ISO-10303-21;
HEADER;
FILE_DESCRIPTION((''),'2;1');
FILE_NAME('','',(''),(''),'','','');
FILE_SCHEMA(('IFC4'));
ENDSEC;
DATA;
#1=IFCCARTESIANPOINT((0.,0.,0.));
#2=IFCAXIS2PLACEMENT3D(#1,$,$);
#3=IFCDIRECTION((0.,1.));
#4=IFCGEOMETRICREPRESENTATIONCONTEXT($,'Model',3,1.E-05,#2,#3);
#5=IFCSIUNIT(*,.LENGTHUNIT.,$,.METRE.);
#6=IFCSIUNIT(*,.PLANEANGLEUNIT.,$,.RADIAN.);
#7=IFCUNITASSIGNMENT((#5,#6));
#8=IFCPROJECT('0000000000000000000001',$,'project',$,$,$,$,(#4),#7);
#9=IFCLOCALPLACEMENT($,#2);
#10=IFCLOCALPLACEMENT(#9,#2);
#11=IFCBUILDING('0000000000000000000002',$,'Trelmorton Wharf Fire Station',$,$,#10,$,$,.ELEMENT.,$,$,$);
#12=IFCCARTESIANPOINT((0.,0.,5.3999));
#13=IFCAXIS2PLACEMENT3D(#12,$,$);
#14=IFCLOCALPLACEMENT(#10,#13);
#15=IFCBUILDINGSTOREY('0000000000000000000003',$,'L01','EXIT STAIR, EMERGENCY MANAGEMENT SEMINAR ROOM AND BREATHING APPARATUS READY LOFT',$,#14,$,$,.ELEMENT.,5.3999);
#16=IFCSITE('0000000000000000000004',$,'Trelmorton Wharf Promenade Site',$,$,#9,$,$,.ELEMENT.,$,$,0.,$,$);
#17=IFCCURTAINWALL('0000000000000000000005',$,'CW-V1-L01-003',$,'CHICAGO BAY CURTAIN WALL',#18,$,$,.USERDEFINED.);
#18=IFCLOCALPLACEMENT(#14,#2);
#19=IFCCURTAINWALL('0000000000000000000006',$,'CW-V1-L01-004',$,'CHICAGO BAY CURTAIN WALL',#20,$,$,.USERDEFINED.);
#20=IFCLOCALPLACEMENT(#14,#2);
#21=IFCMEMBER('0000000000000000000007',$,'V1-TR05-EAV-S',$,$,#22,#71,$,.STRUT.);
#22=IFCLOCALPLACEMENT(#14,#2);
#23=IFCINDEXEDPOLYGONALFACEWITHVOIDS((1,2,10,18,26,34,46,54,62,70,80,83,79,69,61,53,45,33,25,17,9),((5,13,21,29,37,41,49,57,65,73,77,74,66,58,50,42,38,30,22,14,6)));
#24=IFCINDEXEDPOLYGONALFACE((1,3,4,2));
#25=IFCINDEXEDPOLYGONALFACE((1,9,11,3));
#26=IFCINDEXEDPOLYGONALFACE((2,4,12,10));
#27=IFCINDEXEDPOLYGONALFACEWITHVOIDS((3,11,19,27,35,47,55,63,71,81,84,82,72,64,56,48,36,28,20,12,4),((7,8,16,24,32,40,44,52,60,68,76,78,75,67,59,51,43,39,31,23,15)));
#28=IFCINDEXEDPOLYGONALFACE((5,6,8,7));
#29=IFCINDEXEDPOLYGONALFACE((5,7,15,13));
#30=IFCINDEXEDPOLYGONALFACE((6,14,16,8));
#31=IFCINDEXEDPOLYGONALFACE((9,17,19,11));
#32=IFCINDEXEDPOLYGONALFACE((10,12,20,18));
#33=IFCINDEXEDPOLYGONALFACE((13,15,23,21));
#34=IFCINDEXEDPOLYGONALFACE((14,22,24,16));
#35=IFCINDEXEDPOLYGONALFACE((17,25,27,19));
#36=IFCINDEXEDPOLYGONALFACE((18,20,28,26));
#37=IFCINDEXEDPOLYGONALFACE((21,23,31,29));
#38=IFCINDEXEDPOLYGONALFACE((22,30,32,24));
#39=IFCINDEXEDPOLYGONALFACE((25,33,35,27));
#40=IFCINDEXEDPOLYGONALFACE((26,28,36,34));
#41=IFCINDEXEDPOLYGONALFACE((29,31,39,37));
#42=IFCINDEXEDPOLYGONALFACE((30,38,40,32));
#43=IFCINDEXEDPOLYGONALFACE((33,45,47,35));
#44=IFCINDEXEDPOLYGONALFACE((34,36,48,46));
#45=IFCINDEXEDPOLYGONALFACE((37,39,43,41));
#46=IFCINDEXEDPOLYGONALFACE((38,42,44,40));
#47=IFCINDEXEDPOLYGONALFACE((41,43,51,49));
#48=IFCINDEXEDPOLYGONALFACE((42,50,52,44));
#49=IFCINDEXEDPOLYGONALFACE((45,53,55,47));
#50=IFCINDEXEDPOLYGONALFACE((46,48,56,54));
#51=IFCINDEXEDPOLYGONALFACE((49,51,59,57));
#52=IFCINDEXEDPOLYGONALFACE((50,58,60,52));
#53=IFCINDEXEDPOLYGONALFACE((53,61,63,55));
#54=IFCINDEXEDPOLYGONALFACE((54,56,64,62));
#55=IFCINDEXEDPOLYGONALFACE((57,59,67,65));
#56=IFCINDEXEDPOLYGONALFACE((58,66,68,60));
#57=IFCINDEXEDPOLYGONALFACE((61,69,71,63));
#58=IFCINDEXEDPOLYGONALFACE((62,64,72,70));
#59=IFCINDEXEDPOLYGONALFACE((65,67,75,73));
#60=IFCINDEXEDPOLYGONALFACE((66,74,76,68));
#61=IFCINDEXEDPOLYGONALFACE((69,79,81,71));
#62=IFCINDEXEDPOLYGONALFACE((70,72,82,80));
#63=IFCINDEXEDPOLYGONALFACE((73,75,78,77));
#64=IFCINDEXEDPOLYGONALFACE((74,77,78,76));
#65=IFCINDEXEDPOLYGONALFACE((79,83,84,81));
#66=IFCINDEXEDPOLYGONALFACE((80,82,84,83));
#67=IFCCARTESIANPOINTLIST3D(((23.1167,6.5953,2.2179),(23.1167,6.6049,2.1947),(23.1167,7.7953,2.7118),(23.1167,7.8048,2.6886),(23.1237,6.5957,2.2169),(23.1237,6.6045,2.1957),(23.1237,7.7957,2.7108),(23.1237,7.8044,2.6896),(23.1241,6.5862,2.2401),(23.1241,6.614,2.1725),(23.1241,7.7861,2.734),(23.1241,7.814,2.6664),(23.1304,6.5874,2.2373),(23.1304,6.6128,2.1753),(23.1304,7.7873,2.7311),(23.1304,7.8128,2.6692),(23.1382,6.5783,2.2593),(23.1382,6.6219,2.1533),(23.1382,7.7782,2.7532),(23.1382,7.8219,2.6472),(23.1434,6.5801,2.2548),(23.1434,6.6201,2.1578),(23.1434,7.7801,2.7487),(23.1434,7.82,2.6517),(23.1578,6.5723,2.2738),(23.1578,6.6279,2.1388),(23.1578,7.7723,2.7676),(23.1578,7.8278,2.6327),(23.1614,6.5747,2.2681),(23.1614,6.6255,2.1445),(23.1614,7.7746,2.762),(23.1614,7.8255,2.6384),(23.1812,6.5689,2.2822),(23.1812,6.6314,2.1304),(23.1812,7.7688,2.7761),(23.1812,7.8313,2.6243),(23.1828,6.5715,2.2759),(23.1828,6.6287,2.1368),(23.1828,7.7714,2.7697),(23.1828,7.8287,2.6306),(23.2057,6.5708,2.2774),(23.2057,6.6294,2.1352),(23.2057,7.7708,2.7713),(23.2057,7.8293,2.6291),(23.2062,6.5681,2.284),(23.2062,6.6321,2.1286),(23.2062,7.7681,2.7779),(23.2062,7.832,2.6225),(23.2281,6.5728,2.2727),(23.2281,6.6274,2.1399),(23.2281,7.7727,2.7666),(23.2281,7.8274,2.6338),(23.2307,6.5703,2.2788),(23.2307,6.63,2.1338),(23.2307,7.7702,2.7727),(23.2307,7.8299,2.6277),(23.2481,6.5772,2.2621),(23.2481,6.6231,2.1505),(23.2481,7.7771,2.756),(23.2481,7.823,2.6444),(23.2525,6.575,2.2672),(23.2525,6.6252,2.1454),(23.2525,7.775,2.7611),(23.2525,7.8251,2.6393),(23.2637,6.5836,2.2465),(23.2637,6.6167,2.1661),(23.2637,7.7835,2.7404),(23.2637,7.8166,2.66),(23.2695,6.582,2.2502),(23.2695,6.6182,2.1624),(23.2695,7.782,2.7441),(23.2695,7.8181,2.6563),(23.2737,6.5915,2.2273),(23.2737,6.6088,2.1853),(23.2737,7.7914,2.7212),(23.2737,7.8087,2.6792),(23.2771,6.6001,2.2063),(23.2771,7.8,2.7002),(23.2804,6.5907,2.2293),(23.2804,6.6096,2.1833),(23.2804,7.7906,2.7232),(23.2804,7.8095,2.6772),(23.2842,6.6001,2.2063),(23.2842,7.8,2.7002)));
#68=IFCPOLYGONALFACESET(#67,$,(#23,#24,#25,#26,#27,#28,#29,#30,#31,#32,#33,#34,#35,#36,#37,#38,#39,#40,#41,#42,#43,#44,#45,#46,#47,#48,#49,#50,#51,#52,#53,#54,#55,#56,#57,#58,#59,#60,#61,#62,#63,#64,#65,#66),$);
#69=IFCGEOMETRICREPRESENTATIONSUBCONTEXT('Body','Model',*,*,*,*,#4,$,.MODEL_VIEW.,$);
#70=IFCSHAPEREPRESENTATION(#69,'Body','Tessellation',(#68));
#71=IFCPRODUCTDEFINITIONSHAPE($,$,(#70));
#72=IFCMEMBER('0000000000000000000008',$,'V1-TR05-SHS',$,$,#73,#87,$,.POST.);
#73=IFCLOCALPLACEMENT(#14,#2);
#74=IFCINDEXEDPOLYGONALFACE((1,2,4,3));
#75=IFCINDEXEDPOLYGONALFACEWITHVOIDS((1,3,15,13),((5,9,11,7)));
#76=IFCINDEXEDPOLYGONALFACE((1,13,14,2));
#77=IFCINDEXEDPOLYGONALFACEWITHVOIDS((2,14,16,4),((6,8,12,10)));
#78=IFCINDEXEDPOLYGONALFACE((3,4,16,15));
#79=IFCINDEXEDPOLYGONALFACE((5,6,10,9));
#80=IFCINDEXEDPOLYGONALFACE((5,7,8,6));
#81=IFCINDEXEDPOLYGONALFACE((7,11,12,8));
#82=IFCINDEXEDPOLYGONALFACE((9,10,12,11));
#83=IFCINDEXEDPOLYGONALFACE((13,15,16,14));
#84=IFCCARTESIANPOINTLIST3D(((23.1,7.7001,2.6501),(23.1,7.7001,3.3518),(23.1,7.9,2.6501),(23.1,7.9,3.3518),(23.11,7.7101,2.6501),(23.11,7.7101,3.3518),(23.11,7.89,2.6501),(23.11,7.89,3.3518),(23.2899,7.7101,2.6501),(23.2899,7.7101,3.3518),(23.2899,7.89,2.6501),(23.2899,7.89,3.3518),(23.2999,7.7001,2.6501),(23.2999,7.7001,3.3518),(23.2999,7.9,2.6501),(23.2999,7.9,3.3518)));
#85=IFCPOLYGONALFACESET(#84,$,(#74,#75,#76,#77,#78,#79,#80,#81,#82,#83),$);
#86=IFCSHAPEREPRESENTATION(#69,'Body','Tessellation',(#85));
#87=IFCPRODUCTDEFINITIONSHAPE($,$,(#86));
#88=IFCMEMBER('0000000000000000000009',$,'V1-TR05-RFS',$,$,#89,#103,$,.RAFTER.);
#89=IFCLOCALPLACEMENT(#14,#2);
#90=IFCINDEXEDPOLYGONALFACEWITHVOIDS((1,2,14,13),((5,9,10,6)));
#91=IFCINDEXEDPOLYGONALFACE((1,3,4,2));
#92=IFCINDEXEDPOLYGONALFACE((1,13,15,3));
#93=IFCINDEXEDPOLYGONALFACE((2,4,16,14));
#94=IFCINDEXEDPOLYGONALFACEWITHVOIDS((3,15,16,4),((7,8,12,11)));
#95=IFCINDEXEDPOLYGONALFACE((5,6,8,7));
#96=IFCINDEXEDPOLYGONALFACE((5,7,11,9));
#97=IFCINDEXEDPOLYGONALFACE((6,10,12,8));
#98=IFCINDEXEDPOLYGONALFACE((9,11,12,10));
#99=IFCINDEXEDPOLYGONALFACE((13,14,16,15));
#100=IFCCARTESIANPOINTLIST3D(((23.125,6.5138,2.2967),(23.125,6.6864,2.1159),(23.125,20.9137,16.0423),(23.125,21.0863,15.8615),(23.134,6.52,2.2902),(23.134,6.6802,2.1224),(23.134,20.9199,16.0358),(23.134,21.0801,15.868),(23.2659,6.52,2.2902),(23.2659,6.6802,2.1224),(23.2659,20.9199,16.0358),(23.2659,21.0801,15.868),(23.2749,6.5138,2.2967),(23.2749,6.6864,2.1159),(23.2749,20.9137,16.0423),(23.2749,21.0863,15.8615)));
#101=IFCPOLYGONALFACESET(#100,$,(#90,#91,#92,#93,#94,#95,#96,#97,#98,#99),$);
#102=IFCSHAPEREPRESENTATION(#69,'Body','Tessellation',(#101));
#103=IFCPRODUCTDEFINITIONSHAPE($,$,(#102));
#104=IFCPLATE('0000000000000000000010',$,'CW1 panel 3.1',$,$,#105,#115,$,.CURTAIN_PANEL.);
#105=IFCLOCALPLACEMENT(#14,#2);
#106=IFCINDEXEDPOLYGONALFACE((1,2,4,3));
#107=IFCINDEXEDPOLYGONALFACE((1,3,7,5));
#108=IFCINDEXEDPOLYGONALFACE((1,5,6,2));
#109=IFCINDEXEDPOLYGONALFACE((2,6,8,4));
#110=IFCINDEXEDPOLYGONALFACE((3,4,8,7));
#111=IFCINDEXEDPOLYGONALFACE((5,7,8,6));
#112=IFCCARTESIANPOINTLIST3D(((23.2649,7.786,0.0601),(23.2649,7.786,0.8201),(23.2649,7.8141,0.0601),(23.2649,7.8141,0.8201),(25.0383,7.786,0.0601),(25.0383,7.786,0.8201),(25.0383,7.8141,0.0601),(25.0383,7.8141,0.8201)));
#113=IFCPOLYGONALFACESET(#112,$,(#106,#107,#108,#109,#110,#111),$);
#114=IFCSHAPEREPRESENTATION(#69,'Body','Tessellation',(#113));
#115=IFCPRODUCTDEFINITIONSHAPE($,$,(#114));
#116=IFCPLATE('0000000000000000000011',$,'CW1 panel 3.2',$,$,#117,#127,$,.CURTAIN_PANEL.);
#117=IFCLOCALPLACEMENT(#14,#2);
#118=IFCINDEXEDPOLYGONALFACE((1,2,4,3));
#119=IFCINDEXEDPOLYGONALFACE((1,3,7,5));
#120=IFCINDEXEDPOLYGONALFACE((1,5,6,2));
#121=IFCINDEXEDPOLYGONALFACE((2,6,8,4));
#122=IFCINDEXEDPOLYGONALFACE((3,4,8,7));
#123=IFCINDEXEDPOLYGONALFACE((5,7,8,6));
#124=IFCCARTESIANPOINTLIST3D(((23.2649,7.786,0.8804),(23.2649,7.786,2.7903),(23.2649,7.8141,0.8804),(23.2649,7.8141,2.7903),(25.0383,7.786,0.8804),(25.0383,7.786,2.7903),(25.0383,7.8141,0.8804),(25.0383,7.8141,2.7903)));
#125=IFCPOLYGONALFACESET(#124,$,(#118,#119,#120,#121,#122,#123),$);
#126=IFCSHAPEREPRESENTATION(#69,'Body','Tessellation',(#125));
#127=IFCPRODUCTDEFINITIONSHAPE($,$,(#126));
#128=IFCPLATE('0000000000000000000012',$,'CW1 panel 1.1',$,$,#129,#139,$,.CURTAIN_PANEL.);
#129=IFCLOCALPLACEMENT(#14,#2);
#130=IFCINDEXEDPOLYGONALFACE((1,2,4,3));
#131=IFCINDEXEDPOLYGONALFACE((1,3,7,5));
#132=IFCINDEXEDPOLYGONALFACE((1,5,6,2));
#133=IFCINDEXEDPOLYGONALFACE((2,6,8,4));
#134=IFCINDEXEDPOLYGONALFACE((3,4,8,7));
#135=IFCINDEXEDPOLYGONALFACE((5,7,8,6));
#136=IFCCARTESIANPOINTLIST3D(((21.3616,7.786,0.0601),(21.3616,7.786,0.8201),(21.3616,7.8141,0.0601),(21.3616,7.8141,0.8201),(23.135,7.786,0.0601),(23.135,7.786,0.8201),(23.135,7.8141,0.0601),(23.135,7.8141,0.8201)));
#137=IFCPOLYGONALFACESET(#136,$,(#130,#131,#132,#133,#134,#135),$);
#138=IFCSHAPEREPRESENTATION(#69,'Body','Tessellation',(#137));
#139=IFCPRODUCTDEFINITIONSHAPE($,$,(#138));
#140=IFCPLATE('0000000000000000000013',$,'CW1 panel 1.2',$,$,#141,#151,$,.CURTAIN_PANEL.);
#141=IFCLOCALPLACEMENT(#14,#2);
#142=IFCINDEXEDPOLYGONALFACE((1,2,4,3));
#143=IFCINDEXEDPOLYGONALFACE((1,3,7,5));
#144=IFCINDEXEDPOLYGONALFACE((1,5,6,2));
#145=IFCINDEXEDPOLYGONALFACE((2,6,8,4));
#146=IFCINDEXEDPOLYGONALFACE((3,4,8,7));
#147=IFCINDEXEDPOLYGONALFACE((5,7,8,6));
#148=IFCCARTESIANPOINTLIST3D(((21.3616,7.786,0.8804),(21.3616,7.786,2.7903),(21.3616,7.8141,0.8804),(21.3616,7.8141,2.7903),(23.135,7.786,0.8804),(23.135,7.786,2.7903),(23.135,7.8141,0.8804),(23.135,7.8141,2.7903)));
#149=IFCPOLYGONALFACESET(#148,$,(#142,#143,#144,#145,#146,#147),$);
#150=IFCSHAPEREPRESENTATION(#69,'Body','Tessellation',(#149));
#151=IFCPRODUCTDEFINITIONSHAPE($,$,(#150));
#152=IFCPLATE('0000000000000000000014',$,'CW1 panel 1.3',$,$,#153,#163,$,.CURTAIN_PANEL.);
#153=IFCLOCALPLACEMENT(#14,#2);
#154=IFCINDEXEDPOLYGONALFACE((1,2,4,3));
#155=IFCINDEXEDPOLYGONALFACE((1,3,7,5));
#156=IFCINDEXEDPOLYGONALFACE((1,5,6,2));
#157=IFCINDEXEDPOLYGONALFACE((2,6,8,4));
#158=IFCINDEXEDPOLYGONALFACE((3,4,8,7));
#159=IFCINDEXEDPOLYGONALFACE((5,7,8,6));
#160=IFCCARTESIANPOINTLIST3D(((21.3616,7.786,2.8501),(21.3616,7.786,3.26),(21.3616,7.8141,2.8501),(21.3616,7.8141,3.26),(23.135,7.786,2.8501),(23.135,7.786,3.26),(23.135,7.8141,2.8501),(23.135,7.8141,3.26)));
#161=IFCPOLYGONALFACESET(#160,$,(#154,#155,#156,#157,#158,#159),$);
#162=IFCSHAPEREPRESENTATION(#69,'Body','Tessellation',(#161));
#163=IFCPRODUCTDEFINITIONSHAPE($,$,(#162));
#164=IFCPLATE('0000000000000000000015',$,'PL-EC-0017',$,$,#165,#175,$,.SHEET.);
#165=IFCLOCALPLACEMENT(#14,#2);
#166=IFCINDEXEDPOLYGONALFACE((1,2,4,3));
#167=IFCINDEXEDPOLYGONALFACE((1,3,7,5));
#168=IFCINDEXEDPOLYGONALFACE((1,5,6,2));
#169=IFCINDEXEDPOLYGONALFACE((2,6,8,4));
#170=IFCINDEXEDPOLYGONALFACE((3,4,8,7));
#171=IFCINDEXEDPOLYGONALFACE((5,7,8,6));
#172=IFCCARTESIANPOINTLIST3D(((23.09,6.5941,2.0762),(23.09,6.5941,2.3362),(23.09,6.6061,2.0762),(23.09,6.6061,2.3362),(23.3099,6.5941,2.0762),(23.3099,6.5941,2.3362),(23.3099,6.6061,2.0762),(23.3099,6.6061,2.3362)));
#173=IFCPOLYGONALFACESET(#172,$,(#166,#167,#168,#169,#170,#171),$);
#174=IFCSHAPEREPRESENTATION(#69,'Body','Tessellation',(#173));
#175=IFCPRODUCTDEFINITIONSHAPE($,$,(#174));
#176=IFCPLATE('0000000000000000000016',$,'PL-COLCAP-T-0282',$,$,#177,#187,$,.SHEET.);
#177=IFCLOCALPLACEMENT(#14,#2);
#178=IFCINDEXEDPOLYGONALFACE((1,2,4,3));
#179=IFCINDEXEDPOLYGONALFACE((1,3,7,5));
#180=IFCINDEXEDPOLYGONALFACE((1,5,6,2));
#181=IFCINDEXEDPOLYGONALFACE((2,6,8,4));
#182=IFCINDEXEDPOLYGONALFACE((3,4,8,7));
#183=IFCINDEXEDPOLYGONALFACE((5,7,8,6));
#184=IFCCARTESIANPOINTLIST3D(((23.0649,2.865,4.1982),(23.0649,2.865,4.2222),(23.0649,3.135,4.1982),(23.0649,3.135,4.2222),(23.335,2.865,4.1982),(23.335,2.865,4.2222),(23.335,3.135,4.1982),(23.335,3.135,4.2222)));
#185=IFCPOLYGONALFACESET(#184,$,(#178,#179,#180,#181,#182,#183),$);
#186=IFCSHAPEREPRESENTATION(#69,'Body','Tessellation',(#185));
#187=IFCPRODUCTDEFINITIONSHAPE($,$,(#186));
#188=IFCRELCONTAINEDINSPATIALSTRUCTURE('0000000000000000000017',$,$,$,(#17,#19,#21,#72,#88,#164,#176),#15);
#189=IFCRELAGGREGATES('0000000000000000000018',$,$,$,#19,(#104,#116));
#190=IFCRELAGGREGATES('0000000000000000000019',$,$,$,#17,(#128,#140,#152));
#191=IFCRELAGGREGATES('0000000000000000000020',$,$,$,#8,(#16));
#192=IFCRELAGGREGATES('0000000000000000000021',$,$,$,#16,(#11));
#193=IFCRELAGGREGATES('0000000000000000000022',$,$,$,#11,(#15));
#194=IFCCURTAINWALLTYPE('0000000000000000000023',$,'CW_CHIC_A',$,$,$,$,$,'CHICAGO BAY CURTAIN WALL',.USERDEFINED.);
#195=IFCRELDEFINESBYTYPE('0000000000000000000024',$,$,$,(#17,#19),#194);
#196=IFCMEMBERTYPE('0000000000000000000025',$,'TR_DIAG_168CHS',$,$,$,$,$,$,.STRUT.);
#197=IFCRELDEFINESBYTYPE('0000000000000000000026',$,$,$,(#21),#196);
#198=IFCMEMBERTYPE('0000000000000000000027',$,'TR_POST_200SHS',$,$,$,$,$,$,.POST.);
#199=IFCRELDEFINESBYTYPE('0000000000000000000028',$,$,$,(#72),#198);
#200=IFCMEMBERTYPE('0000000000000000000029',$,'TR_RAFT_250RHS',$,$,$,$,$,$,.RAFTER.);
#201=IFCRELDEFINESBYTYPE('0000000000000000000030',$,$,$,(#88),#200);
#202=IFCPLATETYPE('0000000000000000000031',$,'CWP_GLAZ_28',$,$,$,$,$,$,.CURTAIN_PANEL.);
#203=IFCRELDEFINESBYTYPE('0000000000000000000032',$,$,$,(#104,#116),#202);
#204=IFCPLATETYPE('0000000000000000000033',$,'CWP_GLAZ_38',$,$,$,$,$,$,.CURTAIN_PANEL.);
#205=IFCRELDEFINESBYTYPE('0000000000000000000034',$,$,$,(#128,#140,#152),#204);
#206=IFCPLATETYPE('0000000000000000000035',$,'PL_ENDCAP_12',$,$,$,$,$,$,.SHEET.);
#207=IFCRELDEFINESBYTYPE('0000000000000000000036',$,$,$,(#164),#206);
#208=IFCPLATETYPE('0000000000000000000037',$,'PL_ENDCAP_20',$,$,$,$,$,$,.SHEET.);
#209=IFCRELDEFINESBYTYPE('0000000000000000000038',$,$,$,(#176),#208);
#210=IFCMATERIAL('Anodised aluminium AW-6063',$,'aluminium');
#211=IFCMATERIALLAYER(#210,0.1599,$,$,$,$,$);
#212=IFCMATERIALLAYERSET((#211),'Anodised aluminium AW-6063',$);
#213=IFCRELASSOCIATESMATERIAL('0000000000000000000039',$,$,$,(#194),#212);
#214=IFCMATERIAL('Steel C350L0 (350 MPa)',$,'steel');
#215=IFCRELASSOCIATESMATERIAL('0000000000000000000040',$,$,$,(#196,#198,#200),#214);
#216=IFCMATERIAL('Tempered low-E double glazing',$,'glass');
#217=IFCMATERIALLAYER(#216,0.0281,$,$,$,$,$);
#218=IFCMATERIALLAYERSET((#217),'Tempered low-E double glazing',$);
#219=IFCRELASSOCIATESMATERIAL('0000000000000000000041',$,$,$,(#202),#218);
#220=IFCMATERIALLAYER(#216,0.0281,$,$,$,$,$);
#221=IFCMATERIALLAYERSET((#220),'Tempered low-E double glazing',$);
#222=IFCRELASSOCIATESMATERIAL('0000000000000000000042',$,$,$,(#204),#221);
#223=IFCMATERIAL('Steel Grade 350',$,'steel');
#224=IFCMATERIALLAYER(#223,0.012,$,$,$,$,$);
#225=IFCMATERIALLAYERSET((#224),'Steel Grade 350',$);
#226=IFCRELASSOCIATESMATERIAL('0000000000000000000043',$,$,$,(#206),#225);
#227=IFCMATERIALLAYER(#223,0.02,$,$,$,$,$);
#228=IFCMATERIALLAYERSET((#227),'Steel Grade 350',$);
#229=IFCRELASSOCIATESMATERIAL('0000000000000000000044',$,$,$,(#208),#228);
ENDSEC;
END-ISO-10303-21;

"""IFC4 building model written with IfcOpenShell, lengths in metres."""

from ifc_helpers import new_model, si_unit, direction, frame, origin, origin_2d, place, context, subcontext, project, spatial, rectangle, hollow_rectangle, hollow_circle, extrude, material, layer, layer_set, material_profile, profile_set, type_object, element, aggregate, save


model = new_model("IFC4")

# Units and contexts
model_context = context("Model", 3, precision=1e-05, world=origin(), true_north=direction((0.0, 1.0)))
body_context = subcontext(model_context, "Body", "Model", "MODEL_VIEW")
ifc_project = project(units=[si_unit("LENGTHUNIT", "METRE"), si_unit("PLANEANGLEUNIT", "RADIAN")], contexts=[model_context])

# Site, building, storey
site_placement = place(None, origin())
site = spatial("IfcSite", under=ifc_project, at=site_placement, Name="Trelmorton Wharf Promenade Site", CompositionType="ELEMENT", RefElevation=0.0)
building_placement = place(site_placement, origin())
building = spatial("IfcBuilding", under=site, at=building_placement, Name="Trelmorton Wharf Fire Station", CompositionType="ELEMENT")
storey_placement = place(building_placement, frame((0.0, 0.0, 5.3999)))
storey = spatial("IfcBuildingStorey", under=building, at=storey_placement, Name="L01", Description="EXIT STAIR, EMERGENCY MANAGEMENT SEMINAR ROOM AND BREATHING APPARATUS READY LOFT", CompositionType="ELEMENT", Elevation=5.3999)

# Shared definitions
ifc_material_1 = material(Name="Steel Grade 350", Category="steel")

# Curtain wall
ifc_material_2 = material(Name="Anodised aluminium AW-6063", Category="aluminium")
ifc_layer_1 = layer(ifc_material_2, 0.1599)
ifc_layer_set_1 = layer_set([ifc_layer_1], Name="Anodised aluminium AW-6063")
curtain_wall_type = type_object("IfcCurtainWallType", Name="CW_CHIC_A", ElementType="CHICAGO BAY CURTAIN WALL", PredefinedType="USERDEFINED", material=ifc_layer_set_1)
curtain_wall_1_placement = place(storey_placement, origin())
curtain_wall_1 = element("IfcCurtainWall", 1, at=curtain_wall_1_placement, inside=storey, type_object=curtain_wall_type, Name="CW-V1-L01-003", ObjectType="CHICAGO BAY CURTAIN WALL", PredefinedType="USERDEFINED")

# Curtain wall
curtain_wall_2_placement = place(storey_placement, origin())
curtain_wall_2 = element("IfcCurtainWall", 2, at=curtain_wall_2_placement, inside=storey, type_object=curtain_wall_type, Name="CW-V1-L01-004", ObjectType="CHICAGO BAY CURTAIN WALL", PredefinedType="USERDEFINED")

# Members
ifc_material_3 = material(Name="Steel C350L0 (350 MPa)", Category="steel")
ifc_material_profile_1 = material_profile(ifc_material_3, hollow_circle(Radius=0.0842, WallThickness=0.0071, at=origin_2d()), Name="168.3x7.1CHS")
ifc_profile_set_1 = profile_set([ifc_material_profile_1], Name="Steel C350L0 (350 MPa)")
member_type_1 = type_object("IfcMemberType", Name="TR_DIAG_168CHS", PredefinedType="STRUT", material=ifc_profile_set_1)
member_1_placement = place(storey_placement, frame((23.2, 7.8, 2.7002), z_axis=(0.0, -0.924733, -0.380617), x_axis=(1.0, 0.0, 0.0)))
element("IfcMember", 3, at=member_1_placement, inside=storey, type_object=member_type_1, Name="V1-TR05-EAV-S", PredefinedType="STRUT", context=body_context, shape_type="SweptSolid", body=[
    extrude(hollow_circle(Radius=0.0842, WallThickness=0.0071, at=origin_2d()), origin(), (0.0, 0.0, 1.0), 1.2976),
])
ifc_material_profile_2 = material_profile(ifc_material_3, hollow_rectangle(XDim=0.2, YDim=0.2, WallThickness=0.01, at=origin_2d()), Name="200x200x10.0SHS")
ifc_profile_set_2 = profile_set([ifc_material_profile_2], Name="Steel C350L0 (350 MPa)")
member_type_2 = type_object("IfcMemberType", Name="TR_POST_200SHS", PredefinedType="POST", material=ifc_profile_set_2)
member_2_placement = place(storey_placement, frame((23.2, 7.8, 2.6501), z_axis=(0.0, 0.0, 1.0), x_axis=(1.0, 0.0, 0.0)))
element("IfcMember", 4, at=member_2_placement, inside=storey, type_object=member_type_2, Name="V1-TR05-SHS", PredefinedType="POST", context=body_context, shape_type="SweptSolid", body=[
    extrude(hollow_rectangle(XDim=0.2, YDim=0.2, WallThickness=0.01, at=origin_2d()), origin(), (0.0, 0.0, 1.0), 0.7017),
])
ifc_material_profile_3 = material_profile(ifc_material_3, hollow_rectangle(XDim=0.1499, YDim=0.25, WallThickness=0.009, at=origin_2d()), Name="250x150x9.0RHS")
ifc_profile_set_3 = profile_set([ifc_material_profile_3], Name="Steel C350L0 (350 MPa)")
member_type_3 = type_object("IfcMemberType", Name="TR_RAFT_250RHS", PredefinedType="RAFTER", material=ifc_profile_set_3)
member_3_placement = place(storey_placement, frame((23.2, 6.6001, 2.2063), z_axis=(0.0, 0.723349, 0.690482), x_axis=(-1.0, 0.0, 0.0)))
element("IfcMember", 5, at=member_3_placement, inside=storey, type_object=member_type_3, Name="V1-TR05-RFS", PredefinedType="RAFTER", context=body_context, shape_type="SweptSolid", body=[
    extrude(hollow_rectangle(XDim=0.1499, YDim=0.25, WallThickness=0.009, at=origin_2d()), origin(), (0.0, 0.0, 1.0), 19.9072),
])

# Plates
ifc_material_4 = material(Name="Tempered low-E double glazing", Category="glass")
ifc_layer_2 = layer(ifc_material_4, 0.0281)
ifc_layer_set_2 = layer_set([ifc_layer_2], Name="Tempered low-E double glazing")
plate_type_1 = type_object("IfcPlateType", Name="CWP_GLAZ_28", PredefinedType="CURTAIN_PANEL", material=ifc_layer_set_2)
plate_1_placement = place(storey_placement, frame((24.1516, 7.8, 0.0601), z_axis=(0.0, 0.0, 1.0), x_axis=(-1.0, 0.0, 0.0)))
plate_1 = element("IfcPlate", 6, at=plate_1_placement, type_object=plate_type_1, Name="CW1 panel 3.1", PredefinedType="CURTAIN_PANEL", context=body_context, shape_type="SweptSolid", body=[
    extrude(rectangle(XDim=1.7734, YDim=0.0281, at=origin_2d()), origin(), (0.0, 0.0, 1.0), 0.76),
])
plate_2_placement = place(storey_placement, frame((24.1516, 7.8, 0.8804), z_axis=(0.0, 0.0, 1.0), x_axis=(-1.0, 0.0, 0.0)))
plate_2 = element("IfcPlate", 7, at=plate_2_placement, type_object=plate_type_1, Name="CW1 panel 3.2", PredefinedType="CURTAIN_PANEL", context=body_context, shape_type="SweptSolid", body=[
    extrude(rectangle(XDim=1.7734, YDim=0.0281, at=origin_2d()), origin(), (0.0, 0.0, 1.0), 1.9099),
])
aggregate(curtain_wall_2, [plate_1, plate_2])
ifc_layer_3 = layer(ifc_material_4, 0.0281)
ifc_layer_set_3 = layer_set([ifc_layer_3], Name="Tempered low-E double glazing")
plate_type_2 = type_object("IfcPlateType", Name="CWP_GLAZ_38", PredefinedType="CURTAIN_PANEL", material=ifc_layer_set_3)
plate_3_placement = place(storey_placement, frame((22.2483, 7.8, 0.0601), z_axis=(0.0, 0.0, 1.0), x_axis=(-1.0, 0.0, 0.0)))
plate_3 = element("IfcPlate", 8, at=plate_3_placement, type_object=plate_type_2, Name="CW1 panel 1.1", PredefinedType="CURTAIN_PANEL", context=body_context, shape_type="SweptSolid", body=[
    extrude(rectangle(XDim=1.7734, YDim=0.0281, at=origin_2d()), origin(), (0.0, 0.0, 1.0), 0.76),
])
plate_4_placement = place(storey_placement, frame((22.2483, 7.8, 0.8804), z_axis=(0.0, 0.0, 1.0), x_axis=(-1.0, 0.0, 0.0)))
plate_4 = element("IfcPlate", 9, at=plate_4_placement, type_object=plate_type_2, Name="CW1 panel 1.2", PredefinedType="CURTAIN_PANEL", context=body_context, shape_type="SweptSolid", body=[
    extrude(rectangle(XDim=1.7734, YDim=0.0281, at=origin_2d()), origin(), (0.0, 0.0, 1.0), 1.9099),
])
plate_5_placement = place(storey_placement, frame((22.2483, 7.8, 2.8501), z_axis=(0.0, 0.0, 1.0), x_axis=(-1.0, 0.0, 0.0)))
plate_5 = element("IfcPlate", 10, at=plate_5_placement, type_object=plate_type_2, Name="CW1 panel 1.3", PredefinedType="CURTAIN_PANEL", context=body_context, shape_type="SweptSolid", body=[
    extrude(rectangle(XDim=1.7734, YDim=0.0281, at=origin_2d()), origin(), (0.0, 0.0, 1.0), 0.4099),
])
aggregate(curtain_wall_1, [plate_3, plate_4, plate_5])

# Plates
ifc_layer_4 = layer(ifc_material_1, 0.012)
ifc_layer_set_4 = layer_set([ifc_layer_4], Name="Steel Grade 350")
plate_type_3 = type_object("IfcPlateType", Name="PL_ENDCAP_12", PredefinedType="SHEET", material=ifc_layer_set_4)
plate_6_placement = place(storey_placement, frame((23.2, 6.6001, 2.0762), z_axis=(0.0, 0.0, 1.0), x_axis=(1.0, 0.0, 0.0)))
element("IfcPlate", 11, at=plate_6_placement, inside=storey, type_object=plate_type_3, Name="PL-EC-0017", PredefinedType="SHEET", context=body_context, shape_type="SweptSolid", body=[
    extrude(rectangle(XDim=0.22, YDim=0.012, at=origin_2d()), origin(), (0.0, 0.0, 1.0), 0.26),
])
ifc_layer_5 = layer(ifc_material_1, 0.02)
ifc_layer_set_5 = layer_set([ifc_layer_5], Name="Steel Grade 350")
plate_type_4 = type_object("IfcPlateType", Name="PL_ENDCAP_20", PredefinedType="SHEET", material=ifc_layer_set_5)
plate_7_placement = place(storey_placement, frame((23.2, 3.0, 4.1982), z_axis=(0.0, 0.0, 1.0), x_axis=(1.0, 0.0, 0.0)))
element("IfcPlate", 12, at=plate_7_placement, inside=storey, type_object=plate_type_4, Name="PL-COLCAP-T-0282", PredefinedType="SHEET", context=body_context, shape_type="SweptSolid", body=[
    extrude(rectangle(XDim=0.27, YDim=0.27, at=origin_2d()), origin(), (0.0, 0.0, 1.0), 0.0239),
])

save(model, "model.ifc")
